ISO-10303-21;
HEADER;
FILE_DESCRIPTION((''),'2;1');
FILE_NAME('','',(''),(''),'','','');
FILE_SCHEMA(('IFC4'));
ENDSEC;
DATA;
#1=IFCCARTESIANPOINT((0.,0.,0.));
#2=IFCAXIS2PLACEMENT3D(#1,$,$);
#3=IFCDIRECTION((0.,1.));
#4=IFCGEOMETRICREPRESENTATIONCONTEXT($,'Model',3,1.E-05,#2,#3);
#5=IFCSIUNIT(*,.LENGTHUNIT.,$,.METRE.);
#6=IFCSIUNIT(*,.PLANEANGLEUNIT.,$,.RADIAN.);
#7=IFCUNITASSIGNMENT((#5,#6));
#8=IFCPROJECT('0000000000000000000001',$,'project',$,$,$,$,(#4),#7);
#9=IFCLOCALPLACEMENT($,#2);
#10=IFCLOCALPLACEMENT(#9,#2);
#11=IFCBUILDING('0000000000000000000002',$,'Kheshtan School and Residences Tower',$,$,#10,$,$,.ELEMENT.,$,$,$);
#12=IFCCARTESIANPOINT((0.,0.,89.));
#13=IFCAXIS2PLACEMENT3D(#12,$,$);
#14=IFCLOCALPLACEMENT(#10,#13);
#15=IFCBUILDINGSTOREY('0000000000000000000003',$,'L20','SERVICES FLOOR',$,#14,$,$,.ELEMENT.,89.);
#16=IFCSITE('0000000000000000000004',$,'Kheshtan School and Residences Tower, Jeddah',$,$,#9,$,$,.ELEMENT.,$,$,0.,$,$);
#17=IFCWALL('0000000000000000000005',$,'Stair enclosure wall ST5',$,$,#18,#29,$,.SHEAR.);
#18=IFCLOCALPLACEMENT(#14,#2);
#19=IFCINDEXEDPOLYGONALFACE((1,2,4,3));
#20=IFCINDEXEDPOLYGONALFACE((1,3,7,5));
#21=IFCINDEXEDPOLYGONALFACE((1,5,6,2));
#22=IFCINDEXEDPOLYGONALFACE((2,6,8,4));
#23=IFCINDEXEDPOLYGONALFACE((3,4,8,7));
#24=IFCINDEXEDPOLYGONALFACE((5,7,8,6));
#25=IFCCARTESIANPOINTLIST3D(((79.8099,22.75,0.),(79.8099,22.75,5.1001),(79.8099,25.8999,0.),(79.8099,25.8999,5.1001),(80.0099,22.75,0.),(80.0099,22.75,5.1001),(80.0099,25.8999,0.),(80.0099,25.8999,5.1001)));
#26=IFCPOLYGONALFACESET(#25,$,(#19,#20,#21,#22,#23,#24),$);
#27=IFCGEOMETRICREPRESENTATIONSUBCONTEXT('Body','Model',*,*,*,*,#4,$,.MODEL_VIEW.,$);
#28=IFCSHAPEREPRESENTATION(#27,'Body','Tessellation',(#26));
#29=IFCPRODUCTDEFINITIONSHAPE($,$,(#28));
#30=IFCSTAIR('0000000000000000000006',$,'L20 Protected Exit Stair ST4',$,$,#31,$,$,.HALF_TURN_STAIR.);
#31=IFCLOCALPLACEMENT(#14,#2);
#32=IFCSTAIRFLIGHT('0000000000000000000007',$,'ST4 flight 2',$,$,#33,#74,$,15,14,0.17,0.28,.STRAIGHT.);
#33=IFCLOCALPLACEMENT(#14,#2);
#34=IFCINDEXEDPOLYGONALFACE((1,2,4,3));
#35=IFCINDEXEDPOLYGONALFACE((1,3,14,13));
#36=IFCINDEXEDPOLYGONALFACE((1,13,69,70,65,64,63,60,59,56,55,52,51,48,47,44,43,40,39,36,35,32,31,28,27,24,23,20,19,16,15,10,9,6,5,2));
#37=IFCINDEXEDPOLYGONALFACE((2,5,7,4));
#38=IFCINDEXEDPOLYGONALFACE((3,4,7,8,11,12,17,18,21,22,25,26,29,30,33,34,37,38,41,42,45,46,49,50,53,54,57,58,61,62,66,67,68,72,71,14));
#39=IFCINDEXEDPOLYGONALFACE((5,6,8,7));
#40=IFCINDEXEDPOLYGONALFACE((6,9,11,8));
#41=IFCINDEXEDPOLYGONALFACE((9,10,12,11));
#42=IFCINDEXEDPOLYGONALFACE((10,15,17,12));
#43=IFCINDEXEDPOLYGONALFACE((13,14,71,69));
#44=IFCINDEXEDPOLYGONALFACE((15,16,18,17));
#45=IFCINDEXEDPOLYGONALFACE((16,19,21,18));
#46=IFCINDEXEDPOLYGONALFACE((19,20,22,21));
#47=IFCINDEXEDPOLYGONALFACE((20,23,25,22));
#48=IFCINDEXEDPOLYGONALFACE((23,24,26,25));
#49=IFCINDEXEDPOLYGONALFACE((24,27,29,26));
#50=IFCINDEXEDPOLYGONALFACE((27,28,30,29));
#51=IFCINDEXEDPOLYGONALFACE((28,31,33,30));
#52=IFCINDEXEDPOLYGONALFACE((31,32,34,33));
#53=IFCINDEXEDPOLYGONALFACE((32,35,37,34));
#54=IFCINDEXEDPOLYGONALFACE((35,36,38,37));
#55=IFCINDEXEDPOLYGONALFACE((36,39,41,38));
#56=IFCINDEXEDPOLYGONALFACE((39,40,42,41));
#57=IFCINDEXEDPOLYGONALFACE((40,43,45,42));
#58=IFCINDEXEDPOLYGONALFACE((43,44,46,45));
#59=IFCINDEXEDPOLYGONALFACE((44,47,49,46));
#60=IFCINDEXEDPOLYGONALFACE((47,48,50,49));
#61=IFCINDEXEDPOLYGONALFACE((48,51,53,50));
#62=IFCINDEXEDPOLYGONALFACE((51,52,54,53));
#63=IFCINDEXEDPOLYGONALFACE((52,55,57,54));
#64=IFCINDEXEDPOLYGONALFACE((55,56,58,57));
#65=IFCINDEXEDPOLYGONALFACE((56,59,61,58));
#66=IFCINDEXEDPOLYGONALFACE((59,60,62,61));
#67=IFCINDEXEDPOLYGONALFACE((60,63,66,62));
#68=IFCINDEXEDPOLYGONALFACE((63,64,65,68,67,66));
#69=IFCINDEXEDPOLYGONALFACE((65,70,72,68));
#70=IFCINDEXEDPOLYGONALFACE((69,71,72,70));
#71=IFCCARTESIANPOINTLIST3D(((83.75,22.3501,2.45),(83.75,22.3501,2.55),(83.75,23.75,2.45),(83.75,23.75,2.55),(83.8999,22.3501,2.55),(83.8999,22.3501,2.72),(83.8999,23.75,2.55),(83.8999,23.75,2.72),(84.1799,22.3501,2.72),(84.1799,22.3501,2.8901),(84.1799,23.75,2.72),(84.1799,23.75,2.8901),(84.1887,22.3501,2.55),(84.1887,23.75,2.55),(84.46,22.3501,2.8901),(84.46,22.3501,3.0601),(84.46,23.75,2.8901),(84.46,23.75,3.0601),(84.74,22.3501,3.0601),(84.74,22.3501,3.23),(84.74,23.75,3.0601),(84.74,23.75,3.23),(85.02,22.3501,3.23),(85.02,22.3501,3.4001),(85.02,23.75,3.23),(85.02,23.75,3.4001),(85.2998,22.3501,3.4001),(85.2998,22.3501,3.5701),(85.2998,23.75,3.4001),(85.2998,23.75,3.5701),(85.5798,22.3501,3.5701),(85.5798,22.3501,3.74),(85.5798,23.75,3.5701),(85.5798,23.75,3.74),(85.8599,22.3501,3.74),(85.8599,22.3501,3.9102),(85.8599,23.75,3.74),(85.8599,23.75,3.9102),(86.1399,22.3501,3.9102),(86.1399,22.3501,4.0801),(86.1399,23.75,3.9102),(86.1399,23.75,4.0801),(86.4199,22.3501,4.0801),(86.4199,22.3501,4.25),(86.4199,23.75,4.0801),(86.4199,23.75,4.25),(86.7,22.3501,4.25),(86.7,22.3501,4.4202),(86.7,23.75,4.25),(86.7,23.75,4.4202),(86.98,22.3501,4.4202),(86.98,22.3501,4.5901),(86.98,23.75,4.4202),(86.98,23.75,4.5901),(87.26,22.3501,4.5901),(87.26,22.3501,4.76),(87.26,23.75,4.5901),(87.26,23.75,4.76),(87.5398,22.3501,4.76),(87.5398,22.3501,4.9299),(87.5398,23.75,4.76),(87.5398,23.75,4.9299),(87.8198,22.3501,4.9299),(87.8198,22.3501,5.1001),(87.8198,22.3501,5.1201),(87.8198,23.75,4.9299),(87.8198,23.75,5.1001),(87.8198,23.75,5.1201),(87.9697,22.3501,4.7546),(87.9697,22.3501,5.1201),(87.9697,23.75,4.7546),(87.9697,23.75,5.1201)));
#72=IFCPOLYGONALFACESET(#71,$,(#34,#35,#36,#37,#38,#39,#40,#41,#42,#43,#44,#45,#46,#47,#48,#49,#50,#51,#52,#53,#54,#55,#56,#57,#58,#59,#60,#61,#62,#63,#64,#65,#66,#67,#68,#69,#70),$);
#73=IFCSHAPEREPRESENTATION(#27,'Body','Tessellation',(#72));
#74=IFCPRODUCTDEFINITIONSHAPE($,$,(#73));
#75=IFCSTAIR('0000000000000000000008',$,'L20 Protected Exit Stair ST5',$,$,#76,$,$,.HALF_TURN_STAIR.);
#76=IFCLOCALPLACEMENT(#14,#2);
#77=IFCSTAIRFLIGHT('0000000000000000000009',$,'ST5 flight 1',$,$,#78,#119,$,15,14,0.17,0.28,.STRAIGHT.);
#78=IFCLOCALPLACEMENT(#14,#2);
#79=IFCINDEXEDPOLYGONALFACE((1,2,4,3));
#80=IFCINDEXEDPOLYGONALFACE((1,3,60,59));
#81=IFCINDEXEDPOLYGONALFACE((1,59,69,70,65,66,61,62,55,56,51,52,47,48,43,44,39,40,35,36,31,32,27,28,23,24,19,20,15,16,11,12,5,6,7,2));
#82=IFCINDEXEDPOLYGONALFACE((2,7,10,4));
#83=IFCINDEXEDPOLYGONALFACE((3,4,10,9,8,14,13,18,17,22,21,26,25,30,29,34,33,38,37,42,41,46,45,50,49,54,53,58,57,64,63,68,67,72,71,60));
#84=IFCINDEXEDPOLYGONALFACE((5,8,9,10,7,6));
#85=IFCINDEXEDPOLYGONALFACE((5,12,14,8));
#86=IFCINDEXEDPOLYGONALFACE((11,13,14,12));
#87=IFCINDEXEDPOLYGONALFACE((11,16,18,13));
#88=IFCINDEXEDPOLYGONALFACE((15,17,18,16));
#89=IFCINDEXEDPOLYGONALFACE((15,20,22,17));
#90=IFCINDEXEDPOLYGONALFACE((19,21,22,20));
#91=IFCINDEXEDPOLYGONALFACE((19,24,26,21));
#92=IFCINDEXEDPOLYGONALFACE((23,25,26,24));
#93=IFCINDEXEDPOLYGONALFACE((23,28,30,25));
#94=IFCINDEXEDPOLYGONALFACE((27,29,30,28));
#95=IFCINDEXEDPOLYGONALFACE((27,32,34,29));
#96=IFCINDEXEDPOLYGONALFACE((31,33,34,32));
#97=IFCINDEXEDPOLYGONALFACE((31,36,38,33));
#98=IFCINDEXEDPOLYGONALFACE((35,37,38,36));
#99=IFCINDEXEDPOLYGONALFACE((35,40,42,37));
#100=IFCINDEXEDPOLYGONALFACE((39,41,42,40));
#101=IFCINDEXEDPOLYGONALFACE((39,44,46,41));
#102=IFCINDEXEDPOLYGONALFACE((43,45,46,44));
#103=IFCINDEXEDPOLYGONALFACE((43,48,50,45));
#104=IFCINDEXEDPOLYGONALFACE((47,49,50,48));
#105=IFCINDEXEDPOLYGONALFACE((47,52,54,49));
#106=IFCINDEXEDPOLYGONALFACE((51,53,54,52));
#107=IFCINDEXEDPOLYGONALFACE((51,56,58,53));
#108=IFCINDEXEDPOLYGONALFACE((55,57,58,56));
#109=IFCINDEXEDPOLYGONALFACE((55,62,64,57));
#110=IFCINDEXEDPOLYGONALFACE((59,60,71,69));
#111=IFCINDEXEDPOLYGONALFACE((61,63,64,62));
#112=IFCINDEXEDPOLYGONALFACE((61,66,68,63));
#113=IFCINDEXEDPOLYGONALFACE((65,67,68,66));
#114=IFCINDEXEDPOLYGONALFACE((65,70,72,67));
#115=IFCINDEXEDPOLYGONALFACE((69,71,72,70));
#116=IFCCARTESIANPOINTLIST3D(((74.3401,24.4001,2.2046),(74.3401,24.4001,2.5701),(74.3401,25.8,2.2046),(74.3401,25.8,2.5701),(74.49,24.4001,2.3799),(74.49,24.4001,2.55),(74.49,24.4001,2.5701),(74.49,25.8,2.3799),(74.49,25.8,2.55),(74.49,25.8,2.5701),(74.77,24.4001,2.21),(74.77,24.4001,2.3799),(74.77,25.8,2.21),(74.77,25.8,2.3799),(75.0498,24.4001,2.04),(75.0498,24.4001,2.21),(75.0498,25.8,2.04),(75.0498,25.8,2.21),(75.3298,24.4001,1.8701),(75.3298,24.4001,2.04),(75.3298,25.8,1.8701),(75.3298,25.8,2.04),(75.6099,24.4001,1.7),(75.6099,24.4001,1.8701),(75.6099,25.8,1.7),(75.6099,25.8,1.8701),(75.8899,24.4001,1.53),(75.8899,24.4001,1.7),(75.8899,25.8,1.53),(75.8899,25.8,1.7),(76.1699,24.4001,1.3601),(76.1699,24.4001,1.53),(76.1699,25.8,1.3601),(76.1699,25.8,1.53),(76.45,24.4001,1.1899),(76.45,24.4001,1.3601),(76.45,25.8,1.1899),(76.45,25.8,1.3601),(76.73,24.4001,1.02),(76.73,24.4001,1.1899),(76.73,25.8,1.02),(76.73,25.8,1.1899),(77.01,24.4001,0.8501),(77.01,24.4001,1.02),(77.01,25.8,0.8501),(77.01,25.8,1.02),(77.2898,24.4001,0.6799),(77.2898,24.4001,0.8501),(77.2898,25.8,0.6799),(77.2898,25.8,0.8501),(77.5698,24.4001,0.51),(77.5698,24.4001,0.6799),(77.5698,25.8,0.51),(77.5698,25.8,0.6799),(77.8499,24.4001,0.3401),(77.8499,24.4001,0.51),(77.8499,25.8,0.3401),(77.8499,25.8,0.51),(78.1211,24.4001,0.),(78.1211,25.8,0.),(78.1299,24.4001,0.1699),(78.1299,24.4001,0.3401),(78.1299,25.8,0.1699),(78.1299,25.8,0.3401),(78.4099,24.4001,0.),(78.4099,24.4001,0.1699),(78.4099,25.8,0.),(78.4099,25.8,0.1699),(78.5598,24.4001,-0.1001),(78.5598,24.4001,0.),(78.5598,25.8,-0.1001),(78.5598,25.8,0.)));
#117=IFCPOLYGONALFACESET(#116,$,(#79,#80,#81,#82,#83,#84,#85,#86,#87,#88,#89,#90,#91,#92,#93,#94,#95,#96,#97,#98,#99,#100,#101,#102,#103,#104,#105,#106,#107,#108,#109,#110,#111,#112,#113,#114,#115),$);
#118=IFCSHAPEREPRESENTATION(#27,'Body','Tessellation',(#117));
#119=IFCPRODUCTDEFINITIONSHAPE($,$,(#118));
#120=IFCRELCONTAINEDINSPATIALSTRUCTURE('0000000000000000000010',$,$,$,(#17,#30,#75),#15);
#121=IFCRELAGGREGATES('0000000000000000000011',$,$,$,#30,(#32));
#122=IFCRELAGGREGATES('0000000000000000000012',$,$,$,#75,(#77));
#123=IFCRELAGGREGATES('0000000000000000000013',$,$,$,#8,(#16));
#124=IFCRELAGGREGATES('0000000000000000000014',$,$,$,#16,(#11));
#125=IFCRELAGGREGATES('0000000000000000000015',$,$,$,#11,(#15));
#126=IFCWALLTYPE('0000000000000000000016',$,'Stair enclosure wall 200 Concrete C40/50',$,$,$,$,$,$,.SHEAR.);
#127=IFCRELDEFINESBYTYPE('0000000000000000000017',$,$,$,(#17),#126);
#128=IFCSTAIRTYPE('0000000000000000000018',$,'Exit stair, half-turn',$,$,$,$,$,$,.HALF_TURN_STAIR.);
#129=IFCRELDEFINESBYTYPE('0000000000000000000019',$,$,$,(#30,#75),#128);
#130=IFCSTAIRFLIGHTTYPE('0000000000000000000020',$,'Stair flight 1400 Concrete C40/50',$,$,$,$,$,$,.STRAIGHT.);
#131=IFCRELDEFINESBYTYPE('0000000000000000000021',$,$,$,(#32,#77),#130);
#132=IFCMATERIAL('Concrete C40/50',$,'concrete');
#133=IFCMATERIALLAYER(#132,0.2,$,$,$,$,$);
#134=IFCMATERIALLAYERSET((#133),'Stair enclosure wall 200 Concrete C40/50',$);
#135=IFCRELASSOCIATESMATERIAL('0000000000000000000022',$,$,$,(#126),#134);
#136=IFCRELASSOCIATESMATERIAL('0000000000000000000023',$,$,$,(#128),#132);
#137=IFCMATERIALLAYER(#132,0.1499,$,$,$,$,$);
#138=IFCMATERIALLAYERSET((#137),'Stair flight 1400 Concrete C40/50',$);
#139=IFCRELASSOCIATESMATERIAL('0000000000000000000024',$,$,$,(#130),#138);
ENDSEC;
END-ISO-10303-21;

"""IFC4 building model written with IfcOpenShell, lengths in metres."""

from ifc_helpers import new_model, si_unit, direction, frame, frame_2d, origin, place, context, subcontext, project, spatial, polyline, rectangle, outline, extrude, material, layer, layer_set, type_object, element, aggregate, save


model = new_model("IFC4")

# Units and contexts
model_context = context("Model", 3, precision=1e-05, world=origin(), true_north=direction((0.0, 1.0)))
body_context = subcontext(model_context, "Body", "Model", "MODEL_VIEW")
ifc_project = project(units=[si_unit("LENGTHUNIT", "METRE"), si_unit("PLANEANGLEUNIT", "RADIAN")], contexts=[model_context])

# Site, building, storey
site_placement = place(None, origin())
site = spatial("IfcSite", under=ifc_project, at=site_placement, Name="Kheshtan School and Residences Tower, Jeddah", CompositionType="ELEMENT", RefElevation=0.0)
building_placement = place(site_placement, origin())
building = spatial("IfcBuilding", under=site, at=building_placement, Name="Kheshtan School and Residences Tower", CompositionType="ELEMENT")
storey_placement = place(building_placement, frame((0.0, 0.0, 89.0)))
storey = spatial("IfcBuildingStorey", under=building, at=storey_placement, Name="L20", Description="SERVICES FLOOR", CompositionType="ELEMENT", Elevation=89.0)

# Shared definitions
ifc_material_1 = material(Name="Concrete C40/50", Category="concrete")
ifc_layer_1 = layer(ifc_material_1, 0.2)
ifc_layer_set_1 = layer_set([ifc_layer_1], Name="Stair enclosure wall 200 Concrete C40/50")
wall_type_1 = type_object("IfcWallType", Name="Stair enclosure wall 200 Concrete C40/50", PredefinedType="SHEAR", material=ifc_layer_set_1)

# Wall
for number, where, z_axis, x_axis, name in (
    (1, (79.9099, 22.75, 0.0), (0.0, 0.0, 1.0), (0.0, 1.0, 0.0), "Stair enclosure wall ST5"),
):
    element("IfcWall", number, at=place(storey_placement, frame(where, z_axis=z_axis, x_axis=x_axis)), inside=storey, type_object=wall_type_1, Name=name, PredefinedType="SHEAR", context=body_context, shape_type="SweptSolid", body=[
        extrude(rectangle(XDim=3.1499, YDim=0.2, at=frame_2d((1.575, 0.0))), origin(), (0.0, 0.0, 1.0), 5.1001),
    ])

# Stairs, stair flights
stair_type = type_object("IfcStairType", Name="Exit stair, half-turn", PredefinedType="HALF_TURN_STAIR", material=ifc_material_1)
stair_1_placement = place(storey_placement, origin())
stair_1 = element("IfcStair", 2, at=stair_1_placement, inside=storey, type_object=stair_type, Name="L20 Protected Exit Stair ST4", PredefinedType="HALF_TURN_STAIR")
ifc_layer_2 = layer(ifc_material_1, 0.1499)
ifc_layer_set_2 = layer_set([ifc_layer_2], Name="Stair flight 1400 Concrete C40/50")
stair_flight_type = type_object("IfcStairFlightType", Name="Stair flight 1400 Concrete C40/50", PredefinedType="STRAIGHT", material=ifc_layer_set_2)
stair_flight_1_placement = place(storey_placement, frame((83.8999, 23.05, 2.55), z_axis=(0.0, 0.0, 1.0), x_axis=(1.0, 0.0, 0.0)))
stair_flight_1 = element("IfcStairFlight", 3, at=stair_flight_1_placement, type_object=stair_flight_type, Name="ST4 flight 2", NumberOfRisers=15, NumberOfTreads=14, PredefinedType="STRAIGHT", RiserHeight=0.17, TreadLength=0.28, context=body_context, shape_type="SweptSolid", body=[
    extrude(outline(polyline([(-0.1499, -0.1001), (-0.1499, 0.0), (0.0, 0.0), (0.0, 0.1699), (0.28, 0.1699), (0.28, 0.3401), (0.5601, 0.3401), (0.5601, 0.51), (0.8401, 0.51), (0.8401, 0.6799), (1.1201, 0.6799), (1.1201, 0.8501), (1.3999, 0.8501), (1.3999, 1.02), (1.6799, 1.02), (1.6799, 1.1899), (1.96, 1.1899), (1.96, 1.3601), (2.24, 1.3601), (2.24, 1.53), (2.52, 1.53), (2.52, 1.7), (2.8, 1.7), (2.8, 1.8701), (3.0801, 1.8701), (3.0801, 2.04), (3.3601, 2.04), (3.3601, 2.21), (3.6399, 2.21), (3.6399, 2.3799), (3.9199, 2.3799), (3.9199, 2.55), (3.9199, 2.5701), (4.0698, 2.5701), (4.0698, 2.2046), (0.2888, 0.0), (-0.1499, -0.1001)])), frame((0.0, 0.7, 0.0), z_axis=(0.0, -1.0, 0.0), x_axis=(1.0, 0.0, 0.0)), (0.0, 0.0, 1.0), 1.3999),
])
aggregate(stair_1, [stair_flight_1])
stair_2_placement = place(storey_placement, origin())
stair_2 = element("IfcStair", 4, at=stair_2_placement, inside=storey, type_object=stair_type, Name="L20 Protected Exit Stair ST5", PredefinedType="HALF_TURN_STAIR")
stair_flight_2_placement = place(storey_placement, frame((78.4099, 25.1001, 0.0), z_axis=(0.0, 0.0, 1.0), x_axis=(-1.0, 0.0, 0.0)))
stair_flight_2 = element("IfcStairFlight", 5, at=stair_flight_2_placement, type_object=stair_flight_type, Name="ST5 flight 1", NumberOfRisers=15, NumberOfTreads=14, PredefinedType="STRAIGHT", RiserHeight=0.17, TreadLength=0.28, context=body_context, shape_type="SweptSolid", body=[
    extrude(outline(polyline([(-0.1499, -0.1001), (-0.1499, 0.0), (0.0, 0.0), (0.0, 0.1699), (0.28, 0.1699), (0.28, 0.3401), (0.5601, 0.3401), (0.5601, 0.51), (0.8401, 0.51), (0.8401, 0.6799), (1.1201, 0.6799), (1.1201, 0.8501), (1.3999, 0.8501), (1.3999, 1.02), (1.6799, 1.02), (1.6799, 1.1899), (1.96, 1.1899), (1.96, 1.3601), (2.24, 1.3601), (2.24, 1.53), (2.52, 1.53), (2.52, 1.7), (2.8, 1.7), (2.8, 1.8701), (3.0801, 1.8701), (3.0801, 2.04), (3.3601, 2.04), (3.3601, 2.21), (3.6399, 2.21), (3.6399, 2.3799), (3.9199, 2.3799), (3.9199, 2.55), (3.9199, 2.5701), (4.0698, 2.5701), (4.0698, 2.2046), (0.2888, 0.0), (-0.1499, -0.1001)])), frame((0.0, 0.7, 0.0), z_axis=(0.0, -1.0, 0.0), x_axis=(1.0, 0.0, 0.0)), (0.0, 0.0, 1.0), 1.3999),
])
aggregate(stair_2, [stair_flight_2])

save(model, "model.ifc")
